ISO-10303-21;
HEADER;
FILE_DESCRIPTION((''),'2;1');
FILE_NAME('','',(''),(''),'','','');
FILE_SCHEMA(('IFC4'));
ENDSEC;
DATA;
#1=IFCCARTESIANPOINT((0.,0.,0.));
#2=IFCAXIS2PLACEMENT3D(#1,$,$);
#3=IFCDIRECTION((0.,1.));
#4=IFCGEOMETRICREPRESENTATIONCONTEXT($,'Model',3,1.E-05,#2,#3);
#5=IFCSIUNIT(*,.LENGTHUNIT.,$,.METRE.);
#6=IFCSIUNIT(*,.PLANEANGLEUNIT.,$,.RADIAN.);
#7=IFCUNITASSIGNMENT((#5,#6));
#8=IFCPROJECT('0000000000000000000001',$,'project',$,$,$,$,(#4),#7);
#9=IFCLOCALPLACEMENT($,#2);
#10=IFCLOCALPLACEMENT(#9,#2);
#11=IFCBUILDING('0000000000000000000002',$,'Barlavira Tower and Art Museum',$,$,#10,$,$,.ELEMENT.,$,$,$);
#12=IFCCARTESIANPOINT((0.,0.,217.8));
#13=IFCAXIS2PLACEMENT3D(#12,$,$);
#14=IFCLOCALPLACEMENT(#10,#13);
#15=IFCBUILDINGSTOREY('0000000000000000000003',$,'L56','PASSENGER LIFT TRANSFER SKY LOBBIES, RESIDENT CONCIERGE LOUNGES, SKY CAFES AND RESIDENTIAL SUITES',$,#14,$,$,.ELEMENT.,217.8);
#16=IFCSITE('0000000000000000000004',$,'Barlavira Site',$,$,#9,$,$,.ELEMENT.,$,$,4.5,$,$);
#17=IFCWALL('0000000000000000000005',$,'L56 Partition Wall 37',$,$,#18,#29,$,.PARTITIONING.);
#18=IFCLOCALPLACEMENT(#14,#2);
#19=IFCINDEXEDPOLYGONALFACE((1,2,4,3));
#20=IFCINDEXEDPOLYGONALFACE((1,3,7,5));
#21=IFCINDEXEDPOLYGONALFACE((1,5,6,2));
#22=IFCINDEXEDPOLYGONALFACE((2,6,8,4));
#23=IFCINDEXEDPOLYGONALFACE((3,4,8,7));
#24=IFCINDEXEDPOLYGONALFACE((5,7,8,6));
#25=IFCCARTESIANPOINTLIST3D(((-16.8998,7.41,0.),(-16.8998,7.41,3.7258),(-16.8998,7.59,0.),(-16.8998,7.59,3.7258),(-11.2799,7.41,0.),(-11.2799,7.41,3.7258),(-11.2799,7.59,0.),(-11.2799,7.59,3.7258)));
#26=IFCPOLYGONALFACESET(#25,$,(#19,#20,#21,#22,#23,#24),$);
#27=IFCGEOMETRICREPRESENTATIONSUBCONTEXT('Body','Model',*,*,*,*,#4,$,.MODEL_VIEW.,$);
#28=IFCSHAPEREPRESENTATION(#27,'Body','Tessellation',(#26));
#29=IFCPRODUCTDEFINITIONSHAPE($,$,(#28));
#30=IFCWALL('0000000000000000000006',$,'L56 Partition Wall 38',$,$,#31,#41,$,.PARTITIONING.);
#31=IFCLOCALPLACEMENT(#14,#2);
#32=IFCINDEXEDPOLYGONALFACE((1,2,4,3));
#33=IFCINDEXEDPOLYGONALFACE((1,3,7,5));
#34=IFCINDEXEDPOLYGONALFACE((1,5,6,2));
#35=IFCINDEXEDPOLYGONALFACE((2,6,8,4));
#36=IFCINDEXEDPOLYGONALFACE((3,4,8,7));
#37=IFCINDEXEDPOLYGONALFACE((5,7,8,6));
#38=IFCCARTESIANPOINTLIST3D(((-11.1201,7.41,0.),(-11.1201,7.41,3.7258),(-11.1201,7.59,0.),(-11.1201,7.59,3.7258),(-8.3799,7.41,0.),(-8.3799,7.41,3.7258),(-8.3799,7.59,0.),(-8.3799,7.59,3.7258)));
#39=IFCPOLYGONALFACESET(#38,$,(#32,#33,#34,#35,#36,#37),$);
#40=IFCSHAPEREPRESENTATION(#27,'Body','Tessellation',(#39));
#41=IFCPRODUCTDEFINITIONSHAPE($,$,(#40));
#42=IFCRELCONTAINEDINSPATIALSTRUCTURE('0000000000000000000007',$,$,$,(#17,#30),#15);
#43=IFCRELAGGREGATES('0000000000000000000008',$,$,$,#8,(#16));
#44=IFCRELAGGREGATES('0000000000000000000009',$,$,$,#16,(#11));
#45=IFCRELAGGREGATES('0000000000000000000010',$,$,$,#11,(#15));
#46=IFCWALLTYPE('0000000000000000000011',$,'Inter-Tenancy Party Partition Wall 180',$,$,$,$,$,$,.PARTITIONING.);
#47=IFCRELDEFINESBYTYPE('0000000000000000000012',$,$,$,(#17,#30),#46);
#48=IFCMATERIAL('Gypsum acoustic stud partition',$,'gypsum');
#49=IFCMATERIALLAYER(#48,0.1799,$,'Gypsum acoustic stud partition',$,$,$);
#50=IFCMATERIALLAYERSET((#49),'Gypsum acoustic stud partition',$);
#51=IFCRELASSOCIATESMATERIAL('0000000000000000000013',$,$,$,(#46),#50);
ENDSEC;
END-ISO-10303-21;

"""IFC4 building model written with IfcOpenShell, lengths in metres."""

from ifc_helpers import new_model, si_unit, direction, frame, frame_2d, origin, place, context, subcontext, project, spatial, rectangle, extrude, material, layer, layer_set, type_object, element, save


model = new_model("IFC4")

# Units and contexts
model_context = context("Model", 3, precision=1e-05, world=origin(), true_north=direction((0.0, 1.0)))
body_context = subcontext(model_context, "Body", "Model", "MODEL_VIEW")
ifc_project = project(units=[si_unit("LENGTHUNIT", "METRE"), si_unit("PLANEANGLEUNIT", "RADIAN")], contexts=[model_context])

# Site, building, storey
site_placement = place(None, origin())
site = spatial("IfcSite", under=ifc_project, at=site_placement, Name="Barlavira Site", CompositionType="ELEMENT", RefElevation=4.5)
building_placement = place(site_placement, origin())
building = spatial("IfcBuilding", under=site, at=building_placement, Name="Barlavira Tower and Art Museum", CompositionType="ELEMENT")
storey_placement = place(building_placement, frame((0.0, 0.0, 217.8)))
storey = spatial("IfcBuildingStorey", under=building, at=storey_placement, Name="L56", Description="PASSENGER LIFT TRANSFER SKY LOBBIES, RESIDENT CONCIERGE LOUNGES, SKY CAFES AND RESIDENTIAL SUITES", CompositionType="ELEMENT", Elevation=217.8)

# Shared definitions
ifc_material_1 = material(Name="Gypsum acoustic stud partition", Category="gypsum")

# Walls
ifc_layer_1 = layer(ifc_material_1, 0.1799, Name="Gypsum acoustic stud partition")
ifc_layer_set_1 = layer_set([ifc_layer_1], Name="Gypsum acoustic stud partition")
wall_type_1 = type_object("IfcWallType", Name="Inter-Tenancy Party Partition Wall 180", PredefinedType="PARTITIONING", material=ifc_layer_set_1)
wall_1_placement = place(storey_placement, frame((-16.8999, 7.5, 0.0), z_axis=(0.0, 0.0, 1.0), x_axis=(1.0, 0.0, 0.0)))
element("IfcWall", 1, at=wall_1_placement, inside=storey, type_object=wall_type_1, Name="L56 Partition Wall 37", PredefinedType="PARTITIONING", context=body_context, shape_type="SweptSolid", body=[
    extrude(rectangle(XDim=5.6199, YDim=0.1799, at=frame_2d((2.8101, 0.0))), origin(), (0.0, 0.0, 1.0), 3.7258),
])
wall_2_placement = place(storey_placement, frame((-11.1201, 7.5, 0.0), z_axis=(0.0, 0.0, 1.0), x_axis=(1.0, 0.0, 0.0)))
element("IfcWall", 2, at=wall_2_placement, inside=storey, type_object=wall_type_1, Name="L56 Partition Wall 38", PredefinedType="PARTITIONING", context=body_context, shape_type="SweptSolid", body=[
    extrude(rectangle(XDim=2.7402, YDim=0.1799, at=frame_2d((1.3701, 0.0))), origin(), (0.0, 0.0, 1.0), 3.7258),
])

save(model, "model.ifc")
